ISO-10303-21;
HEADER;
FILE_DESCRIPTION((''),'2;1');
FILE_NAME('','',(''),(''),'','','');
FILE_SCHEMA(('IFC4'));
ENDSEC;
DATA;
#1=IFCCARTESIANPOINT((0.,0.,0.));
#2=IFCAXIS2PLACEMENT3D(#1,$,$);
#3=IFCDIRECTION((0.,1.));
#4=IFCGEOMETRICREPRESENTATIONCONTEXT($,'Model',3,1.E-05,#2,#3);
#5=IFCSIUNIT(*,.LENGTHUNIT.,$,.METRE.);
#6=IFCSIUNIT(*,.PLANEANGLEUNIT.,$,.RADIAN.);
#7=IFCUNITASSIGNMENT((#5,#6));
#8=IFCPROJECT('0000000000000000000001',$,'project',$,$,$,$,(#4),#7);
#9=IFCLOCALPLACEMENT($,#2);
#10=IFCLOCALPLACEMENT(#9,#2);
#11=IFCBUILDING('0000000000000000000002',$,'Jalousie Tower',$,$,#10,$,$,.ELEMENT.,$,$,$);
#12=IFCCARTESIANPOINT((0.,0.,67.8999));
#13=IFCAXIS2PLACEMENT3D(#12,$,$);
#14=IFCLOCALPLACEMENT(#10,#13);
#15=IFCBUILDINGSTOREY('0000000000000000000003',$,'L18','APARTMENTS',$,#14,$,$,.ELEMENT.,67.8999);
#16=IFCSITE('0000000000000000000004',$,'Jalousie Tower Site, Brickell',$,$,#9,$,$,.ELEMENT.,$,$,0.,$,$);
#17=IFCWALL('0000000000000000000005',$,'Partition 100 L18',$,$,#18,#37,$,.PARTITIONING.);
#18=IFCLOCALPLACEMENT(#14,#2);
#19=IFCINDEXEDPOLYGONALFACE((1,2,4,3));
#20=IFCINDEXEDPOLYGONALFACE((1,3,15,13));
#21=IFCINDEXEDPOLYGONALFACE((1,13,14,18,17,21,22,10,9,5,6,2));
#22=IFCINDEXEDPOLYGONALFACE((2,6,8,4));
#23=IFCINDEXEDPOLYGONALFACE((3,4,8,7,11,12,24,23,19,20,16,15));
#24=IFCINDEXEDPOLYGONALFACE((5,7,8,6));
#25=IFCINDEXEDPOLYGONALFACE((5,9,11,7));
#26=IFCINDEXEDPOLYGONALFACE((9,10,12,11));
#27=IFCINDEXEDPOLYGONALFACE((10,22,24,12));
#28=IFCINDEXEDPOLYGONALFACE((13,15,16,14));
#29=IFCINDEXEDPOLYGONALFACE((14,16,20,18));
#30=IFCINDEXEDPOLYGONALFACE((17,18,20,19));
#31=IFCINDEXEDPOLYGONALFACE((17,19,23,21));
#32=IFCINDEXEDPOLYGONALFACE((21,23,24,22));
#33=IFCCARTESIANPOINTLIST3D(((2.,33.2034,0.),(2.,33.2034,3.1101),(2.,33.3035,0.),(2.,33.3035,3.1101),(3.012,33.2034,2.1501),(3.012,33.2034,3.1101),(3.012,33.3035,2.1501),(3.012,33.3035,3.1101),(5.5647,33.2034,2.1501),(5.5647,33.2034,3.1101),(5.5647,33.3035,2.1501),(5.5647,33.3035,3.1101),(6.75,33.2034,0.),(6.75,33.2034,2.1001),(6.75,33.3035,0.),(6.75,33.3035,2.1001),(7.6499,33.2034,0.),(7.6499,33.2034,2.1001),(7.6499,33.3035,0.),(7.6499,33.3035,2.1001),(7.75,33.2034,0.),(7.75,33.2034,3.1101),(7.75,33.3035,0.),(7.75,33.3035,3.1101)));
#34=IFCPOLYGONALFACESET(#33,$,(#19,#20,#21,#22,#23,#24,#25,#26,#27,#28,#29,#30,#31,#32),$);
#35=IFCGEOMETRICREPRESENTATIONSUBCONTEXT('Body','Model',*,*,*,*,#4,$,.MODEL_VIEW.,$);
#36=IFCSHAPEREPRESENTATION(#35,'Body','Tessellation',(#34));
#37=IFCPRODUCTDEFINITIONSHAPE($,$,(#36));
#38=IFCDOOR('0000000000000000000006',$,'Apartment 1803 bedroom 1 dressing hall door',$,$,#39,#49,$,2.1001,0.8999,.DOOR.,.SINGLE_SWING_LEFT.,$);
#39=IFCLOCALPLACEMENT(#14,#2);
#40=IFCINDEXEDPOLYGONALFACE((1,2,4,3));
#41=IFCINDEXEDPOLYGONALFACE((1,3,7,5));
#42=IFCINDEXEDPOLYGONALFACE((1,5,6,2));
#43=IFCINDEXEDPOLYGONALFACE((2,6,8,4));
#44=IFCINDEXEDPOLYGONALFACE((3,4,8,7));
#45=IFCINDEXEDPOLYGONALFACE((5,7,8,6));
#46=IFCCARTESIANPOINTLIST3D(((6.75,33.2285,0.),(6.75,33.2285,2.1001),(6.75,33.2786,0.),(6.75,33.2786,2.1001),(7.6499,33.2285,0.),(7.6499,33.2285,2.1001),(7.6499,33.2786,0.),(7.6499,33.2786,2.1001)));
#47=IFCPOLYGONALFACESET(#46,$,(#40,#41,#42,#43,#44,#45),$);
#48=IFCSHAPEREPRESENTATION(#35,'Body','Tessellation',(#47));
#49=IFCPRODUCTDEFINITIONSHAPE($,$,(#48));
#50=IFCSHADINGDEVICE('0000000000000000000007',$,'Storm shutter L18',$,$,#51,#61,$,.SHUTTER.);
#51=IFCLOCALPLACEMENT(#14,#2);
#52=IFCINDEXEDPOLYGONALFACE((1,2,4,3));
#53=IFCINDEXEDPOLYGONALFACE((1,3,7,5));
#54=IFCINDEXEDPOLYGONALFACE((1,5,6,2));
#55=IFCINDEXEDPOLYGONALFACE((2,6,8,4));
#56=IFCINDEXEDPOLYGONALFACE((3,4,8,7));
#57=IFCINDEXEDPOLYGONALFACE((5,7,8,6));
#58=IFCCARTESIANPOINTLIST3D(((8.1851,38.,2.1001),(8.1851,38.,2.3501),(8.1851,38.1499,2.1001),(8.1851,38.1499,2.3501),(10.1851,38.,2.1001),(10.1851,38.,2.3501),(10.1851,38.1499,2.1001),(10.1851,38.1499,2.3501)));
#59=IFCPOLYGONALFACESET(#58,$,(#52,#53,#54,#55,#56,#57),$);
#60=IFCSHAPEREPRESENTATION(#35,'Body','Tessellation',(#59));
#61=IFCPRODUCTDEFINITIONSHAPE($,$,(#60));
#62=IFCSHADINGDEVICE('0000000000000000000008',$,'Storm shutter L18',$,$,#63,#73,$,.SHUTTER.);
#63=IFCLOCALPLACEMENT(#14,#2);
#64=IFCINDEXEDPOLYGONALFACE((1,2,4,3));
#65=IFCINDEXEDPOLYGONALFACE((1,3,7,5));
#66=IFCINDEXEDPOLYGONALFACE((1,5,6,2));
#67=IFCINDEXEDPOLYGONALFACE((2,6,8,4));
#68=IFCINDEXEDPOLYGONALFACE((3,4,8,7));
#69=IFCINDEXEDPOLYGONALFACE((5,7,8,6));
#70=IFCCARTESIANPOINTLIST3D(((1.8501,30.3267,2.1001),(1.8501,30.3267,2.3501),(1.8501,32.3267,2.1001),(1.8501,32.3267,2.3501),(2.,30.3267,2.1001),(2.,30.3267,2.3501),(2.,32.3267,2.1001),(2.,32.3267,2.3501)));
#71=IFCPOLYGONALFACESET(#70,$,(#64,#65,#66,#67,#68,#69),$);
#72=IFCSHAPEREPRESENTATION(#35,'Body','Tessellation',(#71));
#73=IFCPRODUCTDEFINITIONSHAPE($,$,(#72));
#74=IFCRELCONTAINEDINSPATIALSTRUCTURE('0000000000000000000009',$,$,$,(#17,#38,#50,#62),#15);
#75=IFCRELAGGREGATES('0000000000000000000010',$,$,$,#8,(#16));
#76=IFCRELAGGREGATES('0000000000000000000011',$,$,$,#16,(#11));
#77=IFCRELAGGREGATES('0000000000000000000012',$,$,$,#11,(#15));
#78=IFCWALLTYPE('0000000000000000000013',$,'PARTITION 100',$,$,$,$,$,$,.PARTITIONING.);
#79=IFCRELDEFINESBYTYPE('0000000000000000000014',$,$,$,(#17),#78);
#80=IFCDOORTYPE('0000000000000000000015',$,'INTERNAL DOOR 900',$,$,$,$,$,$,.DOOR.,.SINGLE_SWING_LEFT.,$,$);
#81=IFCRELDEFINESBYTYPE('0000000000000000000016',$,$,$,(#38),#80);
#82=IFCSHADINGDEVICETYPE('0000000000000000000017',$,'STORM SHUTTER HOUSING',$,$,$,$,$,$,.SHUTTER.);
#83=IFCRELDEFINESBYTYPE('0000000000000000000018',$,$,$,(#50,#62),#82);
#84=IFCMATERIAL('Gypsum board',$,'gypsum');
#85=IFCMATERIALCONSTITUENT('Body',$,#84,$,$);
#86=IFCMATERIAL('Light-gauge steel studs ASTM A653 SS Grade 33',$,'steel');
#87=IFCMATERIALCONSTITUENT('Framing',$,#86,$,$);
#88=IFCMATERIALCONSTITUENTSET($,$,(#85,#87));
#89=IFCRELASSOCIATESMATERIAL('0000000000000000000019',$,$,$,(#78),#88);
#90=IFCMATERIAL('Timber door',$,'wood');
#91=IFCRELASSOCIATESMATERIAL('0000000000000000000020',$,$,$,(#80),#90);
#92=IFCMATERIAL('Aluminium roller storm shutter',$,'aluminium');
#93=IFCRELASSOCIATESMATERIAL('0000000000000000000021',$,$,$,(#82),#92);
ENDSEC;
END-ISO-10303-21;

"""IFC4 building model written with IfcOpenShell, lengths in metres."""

from ifc_helpers import new_model, si_unit, direction, frame, frame_2d, origin, origin_2d, place, context, subcontext, project, spatial, polyline, rectangle, outline, extrude, material, constituent, constituent_set, type_object, element, fill, save


model = new_model("IFC4")

# Units and contexts
model_context = context("Model", 3, precision=1e-05, world=origin(), true_north=direction((0.0, 1.0)))
body_context = subcontext(model_context, "Body", "Model", "MODEL_VIEW")
ifc_project = project(units=[si_unit("LENGTHUNIT", "METRE"), si_unit("PLANEANGLEUNIT", "RADIAN")], contexts=[model_context])

# Site, building, storey
site_placement = place(None, origin())
site = spatial("IfcSite", under=ifc_project, at=site_placement, Name="Jalousie Tower Site, Brickell", CompositionType="ELEMENT", RefElevation=0.0)
building_placement = place(site_placement, origin())
building = spatial("IfcBuilding", under=site, at=building_placement, Name="Jalousie Tower", CompositionType="ELEMENT")
storey_placement = place(building_placement, frame((0.0, 0.0, 67.8999)))
storey = spatial("IfcBuildingStorey", under=building, at=storey_placement, Name="L18", Description="APARTMENTS", CompositionType="ELEMENT", Elevation=67.8999)

# Shared definitions
ifc_material_1 = material(Name="Gypsum board", Category="gypsum")
ifc_constituent_1 = constituent(ifc_material_1, Name="Body")
ifc_material_2 = material(Name="Light-gauge steel studs ASTM A653 SS Grade 33", Category="steel")
ifc_constituent_2 = constituent(ifc_material_2, Name="Framing")
ifc_constituent_set_1 = constituent_set(constituents=[ifc_constituent_1, ifc_constituent_2])
wall_type_1 = type_object("IfcWallType", Name="PARTITION 100", PredefinedType="PARTITIONING", material=ifc_constituent_set_1)

# Wall, opening, door
wall_1_placement = place(storey_placement, frame((2.0, 33.2534, 0.0), z_axis=(0.0, 0.0, 1.0), x_axis=(1.0, 0.0, 0.0)))
wall_1 = element("IfcWall", 1, at=wall_1_placement, inside=storey, type_object=wall_type_1, Name="Partition 100 L18", PredefinedType="PARTITIONING", context=body_context, shape_type="SweptSolid", body=[
    extrude(outline(polyline([(0.0, 0.0), (5.75, 0.0), (5.75, 3.1101), (3.5647, 3.1101), (3.5647, 2.1501), (1.012, 2.1501), (1.012, 3.1101), (0.0, 3.1101), (0.0, 0.0)])), frame((0.0, 0.05, 0.0), z_axis=(0.0, -1.0, 0.0), x_axis=(1.0, 0.0, 0.0)), (0.0, 0.0, 1.0), 0.1001),
])
opening_1_placement = place(wall_1_placement, frame((4.75, 0.0, 0.0)))
opening_1 = element("IfcOpeningElement", 2, at=opening_1_placement, cuts=wall_1, PredefinedType="OPENING", context=body_context, shape_type="SweptSolid", body=[
    extrude(rectangle(XDim=0.8999, YDim=2.1001, at=frame_2d((0.45, 1.05))), frame((0.0, 0.0601, 0.0), z_axis=(0.0, -1.0, 0.0), x_axis=(1.0, 0.0, 0.0)), (0.0, 0.0, 1.0), 0.1201),
])
ifc_material_3 = material(Name="Timber door", Category="wood")
door_type_1 = type_object("IfcDoorType", Name="INTERNAL DOOR 900", OperationType="SINGLE_SWING_LEFT", PredefinedType="DOOR", material=ifc_material_3)
door_1_placement = place(opening_1_placement, frame((0.8999, 0.0, 0.0), z_axis=(0.0, 0.0, 1.0), x_axis=(-1.0, 0.0, 0.0)))
door_1 = element("IfcDoor", 3, at=door_1_placement, inside=storey, type_object=door_type_1, Name="Apartment 1803 bedroom 1 dressing hall door", OperationType="SINGLE_SWING_LEFT", OverallHeight=2.1001, OverallWidth=0.8999, PredefinedType="DOOR", context=body_context, shape_type="SweptSolid", body=[
    extrude(rectangle(XDim=0.8999, YDim=2.1001, at=frame_2d((0.45, 1.05))), frame((0.0, 0.0249, 0.0), z_axis=(0.0, -1.0, 0.0), x_axis=(1.0, 0.0, 0.0)), (0.0, 0.0, 1.0), 0.05),
])
fill(opening_1, door_1)

# Shading devices
ifc_material_4 = material(Name="Aluminium roller storm shutter", Category="aluminium")
shading_device_type = type_object("IfcShadingDeviceType", Name="STORM SHUTTER HOUSING", PredefinedType="SHUTTER", material=ifc_material_4)
for number, where, z_axis, x_axis, name in (
    (4, (9.1851, 38.075, 2.1001), (0.0, 0.0, 1.0), (-1.0, 0.0, 0.0), "Storm shutter L18"),
    (5, (1.925, 31.3267, 2.1001), (0.0, 0.0, 1.0), (0.0, -1.0, 0.0), "Storm shutter L18"),
):
    element("IfcShadingDevice", number, at=place(storey_placement, frame(where, z_axis=z_axis, x_axis=x_axis)), inside=storey, type_object=shading_device_type, Name=name, PredefinedType="SHUTTER", context=body_context, shape_type="SweptSolid", body=[
        extrude(rectangle(XDim=2.0, YDim=0.1499, at=origin_2d()), origin(), (0.0, 0.0, 1.0), 0.25),
    ])

save(model, "model.ifc")
